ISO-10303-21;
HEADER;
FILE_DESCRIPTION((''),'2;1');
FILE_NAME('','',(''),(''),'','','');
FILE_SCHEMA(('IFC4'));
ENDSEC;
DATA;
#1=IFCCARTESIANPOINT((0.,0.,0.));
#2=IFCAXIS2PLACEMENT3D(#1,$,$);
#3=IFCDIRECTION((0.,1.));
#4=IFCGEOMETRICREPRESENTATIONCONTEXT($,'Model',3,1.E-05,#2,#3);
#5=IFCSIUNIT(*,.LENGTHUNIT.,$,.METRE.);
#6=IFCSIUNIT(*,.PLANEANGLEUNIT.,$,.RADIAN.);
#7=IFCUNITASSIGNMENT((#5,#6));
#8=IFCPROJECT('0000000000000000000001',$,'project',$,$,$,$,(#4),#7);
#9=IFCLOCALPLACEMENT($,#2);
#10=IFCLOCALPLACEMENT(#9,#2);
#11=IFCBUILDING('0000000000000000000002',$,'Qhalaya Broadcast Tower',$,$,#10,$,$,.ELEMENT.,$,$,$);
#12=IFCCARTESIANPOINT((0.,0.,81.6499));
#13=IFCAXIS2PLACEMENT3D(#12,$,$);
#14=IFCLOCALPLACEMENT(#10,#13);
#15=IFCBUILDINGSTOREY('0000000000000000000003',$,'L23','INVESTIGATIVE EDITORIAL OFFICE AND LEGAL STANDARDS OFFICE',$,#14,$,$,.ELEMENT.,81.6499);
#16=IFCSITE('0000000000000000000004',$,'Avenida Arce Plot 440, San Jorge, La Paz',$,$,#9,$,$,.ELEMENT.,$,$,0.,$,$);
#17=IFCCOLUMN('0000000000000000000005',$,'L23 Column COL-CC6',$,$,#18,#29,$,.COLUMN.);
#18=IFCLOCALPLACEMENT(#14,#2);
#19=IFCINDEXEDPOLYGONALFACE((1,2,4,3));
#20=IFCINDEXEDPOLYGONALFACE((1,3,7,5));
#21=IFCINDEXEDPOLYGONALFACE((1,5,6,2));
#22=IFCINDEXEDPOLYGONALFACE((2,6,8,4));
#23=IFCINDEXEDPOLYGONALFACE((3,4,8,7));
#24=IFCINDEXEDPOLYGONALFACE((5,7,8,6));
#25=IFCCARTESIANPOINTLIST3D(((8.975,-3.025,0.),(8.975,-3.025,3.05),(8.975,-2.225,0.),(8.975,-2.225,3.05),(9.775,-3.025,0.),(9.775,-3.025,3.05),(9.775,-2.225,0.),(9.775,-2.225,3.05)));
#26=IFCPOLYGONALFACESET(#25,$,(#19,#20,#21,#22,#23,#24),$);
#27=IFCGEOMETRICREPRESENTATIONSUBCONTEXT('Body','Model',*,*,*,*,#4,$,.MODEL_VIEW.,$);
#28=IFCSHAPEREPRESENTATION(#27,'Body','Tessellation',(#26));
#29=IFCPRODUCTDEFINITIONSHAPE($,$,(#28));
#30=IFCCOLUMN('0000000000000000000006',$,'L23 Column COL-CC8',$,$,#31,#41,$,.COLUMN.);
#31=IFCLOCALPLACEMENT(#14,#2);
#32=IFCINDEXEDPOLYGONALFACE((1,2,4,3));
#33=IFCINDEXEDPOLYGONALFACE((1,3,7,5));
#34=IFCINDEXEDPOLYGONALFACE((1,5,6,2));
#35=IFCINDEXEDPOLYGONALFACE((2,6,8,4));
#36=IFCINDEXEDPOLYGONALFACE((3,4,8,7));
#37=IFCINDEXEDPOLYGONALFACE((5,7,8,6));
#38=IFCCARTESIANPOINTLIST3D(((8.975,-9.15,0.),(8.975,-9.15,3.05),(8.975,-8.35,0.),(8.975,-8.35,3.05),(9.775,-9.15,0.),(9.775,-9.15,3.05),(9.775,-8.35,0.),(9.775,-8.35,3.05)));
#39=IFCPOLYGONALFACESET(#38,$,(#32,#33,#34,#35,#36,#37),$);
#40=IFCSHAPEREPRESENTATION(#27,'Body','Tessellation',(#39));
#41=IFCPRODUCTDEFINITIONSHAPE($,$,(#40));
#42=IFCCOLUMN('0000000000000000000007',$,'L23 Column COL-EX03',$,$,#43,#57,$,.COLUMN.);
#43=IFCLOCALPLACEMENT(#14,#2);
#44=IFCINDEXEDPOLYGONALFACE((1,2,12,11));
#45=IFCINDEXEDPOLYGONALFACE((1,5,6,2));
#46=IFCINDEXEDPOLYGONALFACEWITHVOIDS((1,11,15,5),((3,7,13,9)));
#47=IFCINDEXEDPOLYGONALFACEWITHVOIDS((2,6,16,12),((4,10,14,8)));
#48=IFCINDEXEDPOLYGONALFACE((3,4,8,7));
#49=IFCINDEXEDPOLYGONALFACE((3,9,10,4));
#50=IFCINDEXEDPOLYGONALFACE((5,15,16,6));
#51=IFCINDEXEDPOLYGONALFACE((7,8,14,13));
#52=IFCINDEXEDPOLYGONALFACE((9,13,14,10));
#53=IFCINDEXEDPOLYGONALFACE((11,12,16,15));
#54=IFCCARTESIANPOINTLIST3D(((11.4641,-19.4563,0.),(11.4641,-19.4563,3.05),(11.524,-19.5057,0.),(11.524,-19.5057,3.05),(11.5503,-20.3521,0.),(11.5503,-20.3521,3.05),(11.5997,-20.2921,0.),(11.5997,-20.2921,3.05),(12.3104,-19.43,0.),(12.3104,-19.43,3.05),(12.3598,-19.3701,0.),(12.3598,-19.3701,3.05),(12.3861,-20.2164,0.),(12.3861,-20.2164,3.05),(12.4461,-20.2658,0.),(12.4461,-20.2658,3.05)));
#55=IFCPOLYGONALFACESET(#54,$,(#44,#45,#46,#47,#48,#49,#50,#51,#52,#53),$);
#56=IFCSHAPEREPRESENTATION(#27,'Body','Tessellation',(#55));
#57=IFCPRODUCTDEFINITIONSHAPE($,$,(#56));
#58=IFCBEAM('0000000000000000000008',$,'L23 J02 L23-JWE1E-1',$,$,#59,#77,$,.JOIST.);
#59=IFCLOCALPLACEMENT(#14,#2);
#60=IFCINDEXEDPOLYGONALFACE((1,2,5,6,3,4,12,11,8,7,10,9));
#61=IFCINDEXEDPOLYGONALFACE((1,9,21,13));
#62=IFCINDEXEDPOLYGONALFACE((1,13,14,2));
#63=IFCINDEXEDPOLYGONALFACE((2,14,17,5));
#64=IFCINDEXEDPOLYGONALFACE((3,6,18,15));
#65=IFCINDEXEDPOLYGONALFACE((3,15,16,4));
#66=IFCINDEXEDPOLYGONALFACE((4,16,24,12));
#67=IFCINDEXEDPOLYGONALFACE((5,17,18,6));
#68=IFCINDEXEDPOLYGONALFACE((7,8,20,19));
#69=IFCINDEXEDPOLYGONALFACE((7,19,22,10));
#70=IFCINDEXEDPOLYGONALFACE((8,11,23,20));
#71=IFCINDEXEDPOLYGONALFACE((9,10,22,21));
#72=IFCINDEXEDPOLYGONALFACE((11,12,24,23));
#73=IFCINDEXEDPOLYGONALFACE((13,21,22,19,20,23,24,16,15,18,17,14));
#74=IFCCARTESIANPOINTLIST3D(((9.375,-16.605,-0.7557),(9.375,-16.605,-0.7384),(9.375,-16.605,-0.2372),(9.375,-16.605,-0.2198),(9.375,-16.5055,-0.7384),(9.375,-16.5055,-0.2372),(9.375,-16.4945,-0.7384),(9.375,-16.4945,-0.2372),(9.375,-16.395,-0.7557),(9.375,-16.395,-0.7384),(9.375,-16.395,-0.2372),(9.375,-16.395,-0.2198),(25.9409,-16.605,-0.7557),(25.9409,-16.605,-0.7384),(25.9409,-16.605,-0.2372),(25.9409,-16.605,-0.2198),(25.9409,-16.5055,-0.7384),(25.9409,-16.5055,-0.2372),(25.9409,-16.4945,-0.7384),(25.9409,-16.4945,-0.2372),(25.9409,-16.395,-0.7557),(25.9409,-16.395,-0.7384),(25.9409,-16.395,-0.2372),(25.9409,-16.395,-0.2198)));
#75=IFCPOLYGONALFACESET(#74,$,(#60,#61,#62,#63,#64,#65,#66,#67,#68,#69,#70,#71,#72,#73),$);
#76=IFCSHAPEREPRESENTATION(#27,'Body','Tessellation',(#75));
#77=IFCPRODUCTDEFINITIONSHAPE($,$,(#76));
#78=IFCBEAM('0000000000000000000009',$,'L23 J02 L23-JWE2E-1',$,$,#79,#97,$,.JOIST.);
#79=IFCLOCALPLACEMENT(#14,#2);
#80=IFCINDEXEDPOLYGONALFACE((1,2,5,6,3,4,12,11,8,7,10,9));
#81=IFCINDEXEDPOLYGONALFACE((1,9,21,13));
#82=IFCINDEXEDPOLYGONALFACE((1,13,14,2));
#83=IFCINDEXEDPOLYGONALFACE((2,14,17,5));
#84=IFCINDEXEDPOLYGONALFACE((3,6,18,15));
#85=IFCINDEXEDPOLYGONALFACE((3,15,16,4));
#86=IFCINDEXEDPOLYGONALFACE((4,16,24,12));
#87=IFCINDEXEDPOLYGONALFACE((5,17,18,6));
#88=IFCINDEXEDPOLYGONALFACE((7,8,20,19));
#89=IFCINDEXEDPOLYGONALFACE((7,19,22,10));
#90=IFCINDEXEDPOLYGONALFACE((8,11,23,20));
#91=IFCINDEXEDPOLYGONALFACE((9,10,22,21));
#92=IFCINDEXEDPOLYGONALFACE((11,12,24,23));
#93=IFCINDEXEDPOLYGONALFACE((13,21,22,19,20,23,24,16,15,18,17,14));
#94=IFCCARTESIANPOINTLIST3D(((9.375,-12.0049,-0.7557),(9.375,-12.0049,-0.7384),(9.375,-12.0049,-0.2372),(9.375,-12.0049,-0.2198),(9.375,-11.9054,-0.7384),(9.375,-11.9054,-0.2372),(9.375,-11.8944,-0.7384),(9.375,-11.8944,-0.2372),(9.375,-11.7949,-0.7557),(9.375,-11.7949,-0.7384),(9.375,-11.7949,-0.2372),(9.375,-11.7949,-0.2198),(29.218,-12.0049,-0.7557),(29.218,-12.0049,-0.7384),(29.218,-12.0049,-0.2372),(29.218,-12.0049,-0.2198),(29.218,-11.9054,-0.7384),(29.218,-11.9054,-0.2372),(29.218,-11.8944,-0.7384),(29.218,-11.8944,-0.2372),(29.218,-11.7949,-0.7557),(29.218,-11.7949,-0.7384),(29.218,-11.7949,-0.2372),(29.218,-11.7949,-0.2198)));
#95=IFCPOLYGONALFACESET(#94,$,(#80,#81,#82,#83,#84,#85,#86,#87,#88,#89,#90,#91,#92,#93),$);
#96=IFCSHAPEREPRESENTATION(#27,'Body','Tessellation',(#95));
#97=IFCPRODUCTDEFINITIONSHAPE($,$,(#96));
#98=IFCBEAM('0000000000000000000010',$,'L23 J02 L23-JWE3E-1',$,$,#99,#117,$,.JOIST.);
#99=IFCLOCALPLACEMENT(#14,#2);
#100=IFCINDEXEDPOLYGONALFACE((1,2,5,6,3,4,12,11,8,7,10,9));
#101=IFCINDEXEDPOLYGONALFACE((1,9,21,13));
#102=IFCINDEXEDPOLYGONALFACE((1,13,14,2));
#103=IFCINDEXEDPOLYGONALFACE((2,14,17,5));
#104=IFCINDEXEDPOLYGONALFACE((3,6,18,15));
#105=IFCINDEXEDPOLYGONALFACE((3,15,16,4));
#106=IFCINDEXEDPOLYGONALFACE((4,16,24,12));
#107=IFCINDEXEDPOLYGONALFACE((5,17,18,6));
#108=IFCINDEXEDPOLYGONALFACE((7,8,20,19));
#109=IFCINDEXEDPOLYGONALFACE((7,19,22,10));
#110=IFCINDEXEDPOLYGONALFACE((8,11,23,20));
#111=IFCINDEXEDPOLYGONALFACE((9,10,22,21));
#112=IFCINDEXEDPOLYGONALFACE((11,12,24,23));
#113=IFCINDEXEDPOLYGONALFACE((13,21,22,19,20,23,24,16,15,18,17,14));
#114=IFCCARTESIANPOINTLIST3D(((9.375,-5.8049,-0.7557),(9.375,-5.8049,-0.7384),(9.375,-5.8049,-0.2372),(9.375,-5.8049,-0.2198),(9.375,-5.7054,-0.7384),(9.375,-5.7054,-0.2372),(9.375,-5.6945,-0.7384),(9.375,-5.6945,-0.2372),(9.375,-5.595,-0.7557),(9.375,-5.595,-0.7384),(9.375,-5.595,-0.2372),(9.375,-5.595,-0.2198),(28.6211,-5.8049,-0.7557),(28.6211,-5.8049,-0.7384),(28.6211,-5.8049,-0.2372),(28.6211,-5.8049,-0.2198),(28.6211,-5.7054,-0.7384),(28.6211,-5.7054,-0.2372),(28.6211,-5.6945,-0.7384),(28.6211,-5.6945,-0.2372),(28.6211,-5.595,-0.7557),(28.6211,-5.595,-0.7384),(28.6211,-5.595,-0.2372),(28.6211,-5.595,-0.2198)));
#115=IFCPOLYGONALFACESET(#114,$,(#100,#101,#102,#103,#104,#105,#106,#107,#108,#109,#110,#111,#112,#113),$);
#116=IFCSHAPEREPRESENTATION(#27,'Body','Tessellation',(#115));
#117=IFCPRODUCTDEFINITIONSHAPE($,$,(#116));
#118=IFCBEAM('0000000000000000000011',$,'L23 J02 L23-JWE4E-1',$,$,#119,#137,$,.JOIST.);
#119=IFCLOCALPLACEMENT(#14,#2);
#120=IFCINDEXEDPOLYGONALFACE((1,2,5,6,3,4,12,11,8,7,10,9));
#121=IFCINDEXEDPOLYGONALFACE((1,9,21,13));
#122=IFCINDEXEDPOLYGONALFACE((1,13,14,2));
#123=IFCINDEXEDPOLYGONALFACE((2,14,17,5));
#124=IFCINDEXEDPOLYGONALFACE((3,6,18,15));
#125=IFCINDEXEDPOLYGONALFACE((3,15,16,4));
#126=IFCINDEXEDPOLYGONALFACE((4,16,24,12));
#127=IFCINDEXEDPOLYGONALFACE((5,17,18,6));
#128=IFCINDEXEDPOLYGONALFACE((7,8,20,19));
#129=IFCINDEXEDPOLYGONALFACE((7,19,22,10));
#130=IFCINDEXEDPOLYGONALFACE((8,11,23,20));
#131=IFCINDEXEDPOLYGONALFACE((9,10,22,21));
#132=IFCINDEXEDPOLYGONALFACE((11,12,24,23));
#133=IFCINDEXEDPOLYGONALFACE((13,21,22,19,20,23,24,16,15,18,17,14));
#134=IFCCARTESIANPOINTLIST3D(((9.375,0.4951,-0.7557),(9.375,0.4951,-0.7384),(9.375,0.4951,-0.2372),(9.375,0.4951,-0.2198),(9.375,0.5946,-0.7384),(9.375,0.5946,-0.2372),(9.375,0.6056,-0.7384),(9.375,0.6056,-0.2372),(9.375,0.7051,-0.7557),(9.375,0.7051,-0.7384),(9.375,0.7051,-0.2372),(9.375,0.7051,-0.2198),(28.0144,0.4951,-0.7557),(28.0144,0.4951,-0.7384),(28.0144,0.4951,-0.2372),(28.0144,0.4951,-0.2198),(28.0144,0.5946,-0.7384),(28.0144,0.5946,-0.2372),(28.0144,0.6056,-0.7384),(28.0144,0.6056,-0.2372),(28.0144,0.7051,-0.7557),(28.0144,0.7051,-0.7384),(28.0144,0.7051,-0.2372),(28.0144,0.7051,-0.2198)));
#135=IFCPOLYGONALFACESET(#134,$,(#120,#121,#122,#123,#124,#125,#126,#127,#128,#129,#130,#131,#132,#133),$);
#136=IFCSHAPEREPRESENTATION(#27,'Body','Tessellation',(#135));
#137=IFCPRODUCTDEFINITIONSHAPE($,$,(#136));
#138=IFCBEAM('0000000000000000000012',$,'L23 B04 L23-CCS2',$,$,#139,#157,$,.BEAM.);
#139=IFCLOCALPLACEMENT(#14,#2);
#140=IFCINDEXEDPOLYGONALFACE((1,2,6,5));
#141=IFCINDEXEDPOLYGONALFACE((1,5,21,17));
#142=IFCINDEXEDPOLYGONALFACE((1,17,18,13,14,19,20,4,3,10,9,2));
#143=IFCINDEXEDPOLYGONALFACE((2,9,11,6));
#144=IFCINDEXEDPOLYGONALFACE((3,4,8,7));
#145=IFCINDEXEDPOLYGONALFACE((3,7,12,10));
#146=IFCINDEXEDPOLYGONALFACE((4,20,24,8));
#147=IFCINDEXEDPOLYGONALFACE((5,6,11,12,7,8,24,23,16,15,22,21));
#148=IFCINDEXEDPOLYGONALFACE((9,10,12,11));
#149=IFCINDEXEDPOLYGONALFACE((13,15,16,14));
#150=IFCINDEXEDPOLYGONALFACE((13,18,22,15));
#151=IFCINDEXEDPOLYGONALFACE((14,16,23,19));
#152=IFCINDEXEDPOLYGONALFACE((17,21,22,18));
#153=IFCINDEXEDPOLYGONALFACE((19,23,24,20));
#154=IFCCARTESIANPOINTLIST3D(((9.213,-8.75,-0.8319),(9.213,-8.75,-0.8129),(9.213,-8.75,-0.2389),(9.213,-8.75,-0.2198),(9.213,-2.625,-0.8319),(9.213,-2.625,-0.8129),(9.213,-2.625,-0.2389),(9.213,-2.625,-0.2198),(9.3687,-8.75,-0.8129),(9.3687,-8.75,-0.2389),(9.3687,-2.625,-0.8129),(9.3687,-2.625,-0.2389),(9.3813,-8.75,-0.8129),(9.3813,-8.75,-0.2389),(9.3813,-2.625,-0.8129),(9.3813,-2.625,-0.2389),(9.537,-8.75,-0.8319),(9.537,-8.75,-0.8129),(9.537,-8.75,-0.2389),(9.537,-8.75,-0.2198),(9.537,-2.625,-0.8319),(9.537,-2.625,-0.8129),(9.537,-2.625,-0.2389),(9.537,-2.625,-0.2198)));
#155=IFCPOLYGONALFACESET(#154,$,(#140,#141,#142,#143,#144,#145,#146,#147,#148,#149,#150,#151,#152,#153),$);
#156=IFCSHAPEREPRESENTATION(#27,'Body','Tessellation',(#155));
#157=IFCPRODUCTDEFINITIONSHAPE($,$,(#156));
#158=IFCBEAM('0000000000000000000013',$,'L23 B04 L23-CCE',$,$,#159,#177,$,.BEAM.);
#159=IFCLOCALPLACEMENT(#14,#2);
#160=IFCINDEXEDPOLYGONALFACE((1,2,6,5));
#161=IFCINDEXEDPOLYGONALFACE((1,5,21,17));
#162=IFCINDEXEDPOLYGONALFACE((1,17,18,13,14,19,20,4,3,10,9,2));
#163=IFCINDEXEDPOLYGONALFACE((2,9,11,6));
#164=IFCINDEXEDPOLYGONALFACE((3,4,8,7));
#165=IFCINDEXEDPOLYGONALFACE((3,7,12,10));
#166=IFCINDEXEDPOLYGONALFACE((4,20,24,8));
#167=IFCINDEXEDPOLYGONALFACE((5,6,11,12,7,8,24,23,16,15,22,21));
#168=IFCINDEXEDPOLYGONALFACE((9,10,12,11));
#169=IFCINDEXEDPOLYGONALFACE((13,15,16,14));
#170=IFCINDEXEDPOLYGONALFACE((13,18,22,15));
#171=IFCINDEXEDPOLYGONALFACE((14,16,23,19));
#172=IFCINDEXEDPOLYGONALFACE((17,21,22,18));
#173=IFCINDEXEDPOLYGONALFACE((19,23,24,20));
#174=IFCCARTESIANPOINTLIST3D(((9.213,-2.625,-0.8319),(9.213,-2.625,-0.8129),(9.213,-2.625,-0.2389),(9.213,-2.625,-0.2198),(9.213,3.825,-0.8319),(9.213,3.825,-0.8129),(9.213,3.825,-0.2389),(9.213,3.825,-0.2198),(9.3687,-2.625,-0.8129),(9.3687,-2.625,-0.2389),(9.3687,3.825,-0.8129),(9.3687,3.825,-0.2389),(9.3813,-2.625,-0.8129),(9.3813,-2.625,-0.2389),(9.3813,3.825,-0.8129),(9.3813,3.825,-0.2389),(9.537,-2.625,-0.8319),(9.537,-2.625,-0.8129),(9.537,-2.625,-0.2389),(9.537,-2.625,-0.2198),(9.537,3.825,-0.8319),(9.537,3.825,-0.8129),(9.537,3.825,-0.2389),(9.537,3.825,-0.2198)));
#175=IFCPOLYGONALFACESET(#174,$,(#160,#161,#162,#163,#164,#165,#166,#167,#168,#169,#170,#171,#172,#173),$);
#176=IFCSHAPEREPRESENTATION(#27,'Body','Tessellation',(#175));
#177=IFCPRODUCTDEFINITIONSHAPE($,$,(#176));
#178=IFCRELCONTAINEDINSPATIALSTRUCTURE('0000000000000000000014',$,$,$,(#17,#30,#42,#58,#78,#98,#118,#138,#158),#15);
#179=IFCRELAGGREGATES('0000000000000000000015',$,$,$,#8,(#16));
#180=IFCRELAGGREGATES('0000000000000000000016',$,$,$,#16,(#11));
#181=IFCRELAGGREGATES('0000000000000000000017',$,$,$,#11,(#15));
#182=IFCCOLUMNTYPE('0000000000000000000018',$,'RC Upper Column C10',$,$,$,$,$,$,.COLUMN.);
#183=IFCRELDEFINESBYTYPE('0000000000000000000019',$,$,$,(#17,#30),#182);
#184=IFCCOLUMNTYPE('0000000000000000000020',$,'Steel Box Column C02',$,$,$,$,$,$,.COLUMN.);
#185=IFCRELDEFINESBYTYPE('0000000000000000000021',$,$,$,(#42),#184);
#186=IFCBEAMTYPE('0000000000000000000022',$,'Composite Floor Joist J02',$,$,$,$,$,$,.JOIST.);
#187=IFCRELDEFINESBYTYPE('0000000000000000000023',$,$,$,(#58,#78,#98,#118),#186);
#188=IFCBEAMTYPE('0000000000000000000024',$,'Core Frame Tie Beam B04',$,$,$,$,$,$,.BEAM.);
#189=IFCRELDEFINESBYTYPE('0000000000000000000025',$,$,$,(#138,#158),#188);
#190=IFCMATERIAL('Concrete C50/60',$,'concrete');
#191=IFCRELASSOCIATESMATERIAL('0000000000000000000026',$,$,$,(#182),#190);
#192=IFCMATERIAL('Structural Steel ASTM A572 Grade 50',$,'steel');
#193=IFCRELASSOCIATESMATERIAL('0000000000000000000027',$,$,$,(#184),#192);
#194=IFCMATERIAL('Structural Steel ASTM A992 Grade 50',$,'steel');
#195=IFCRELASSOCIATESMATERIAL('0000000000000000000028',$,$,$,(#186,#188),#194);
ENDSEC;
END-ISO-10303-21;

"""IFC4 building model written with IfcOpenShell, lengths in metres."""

from ifc_helpers import new_model, si_unit, direction, frame, origin, origin_2d, place, context, subcontext, project, spatial, rectangle, hollow_rectangle, i_section, extrude, material, material_profile, profile_set, type_object, element, save


model = new_model("IFC4")

# Units and contexts
model_context = context("Model", 3, precision=1e-05, world=origin(), true_north=direction((0.0, 1.0)))
body_context = subcontext(model_context, "Body", "Model", "MODEL_VIEW")
ifc_project = project(units=[si_unit("LENGTHUNIT", "METRE"), si_unit("PLANEANGLEUNIT", "RADIAN")], contexts=[model_context])

# Site, building, storey
site_placement = place(None, origin())
site = spatial("IfcSite", under=ifc_project, at=site_placement, Name="Avenida Arce Plot 440, San Jorge, La Paz", CompositionType="ELEMENT", RefElevation=0.0)
building_placement = place(site_placement, origin())
building = spatial("IfcBuilding", under=site, at=building_placement, Name="Qhalaya Broadcast Tower", CompositionType="ELEMENT")
storey_placement = place(building_placement, frame((0.0, 0.0, 81.6499)))
storey = spatial("IfcBuildingStorey", under=building, at=storey_placement, Name="L23", Description="INVESTIGATIVE EDITORIAL OFFICE AND LEGAL STANDARDS OFFICE", CompositionType="ELEMENT", Elevation=81.6499)

# Columns
ifc_material_1 = material(Name="Concrete C50/60", Category="concrete")
ifc_material_profile_1 = material_profile(ifc_material_1, rectangle(XDim=0.8, YDim=0.8, at=origin_2d()), Name="RC-COL 800x800")
ifc_profile_set_1 = profile_set([ifc_material_profile_1], Name="Concrete C50/60")
column_type_1 = type_object("IfcColumnType", Name="RC Upper Column C10", PredefinedType="COLUMN", material=ifc_profile_set_1)
for number, where, z_axis, x_axis, name in (
    (1, (9.375, -2.625, 0.0), (0.0, 0.0, 1.0), (1.0, 0.0, 0.0), "L23 Column COL-CC6"),
    (2, (9.375, -8.75, 0.0), (0.0, 0.0, 1.0), (1.0, 0.0, 0.0), "L23 Column COL-CC8"),
):
    element("IfcColumn", number, at=place(storey_placement, frame(where, z_axis=z_axis, x_axis=x_axis)), inside=storey, type_object=column_type_1, Name=name, PredefinedType="COLUMN", context=body_context, shape_type="SweptSolid", body=[
        extrude(rectangle(XDim=0.8, YDim=0.8, at=origin_2d()), origin(), (0.0, 0.0, 1.0), 3.05),
    ])
ifc_material_2 = material(Name="Structural Steel ASTM A572 Grade 50", Category="steel")
ifc_material_profile_2 = material_profile(ifc_material_2, hollow_rectangle(XDim=0.8999, YDim=0.8999, WallThickness=0.0549, at=origin_2d()), Name="BOX 900x900x55")
ifc_profile_set_2 = profile_set([ifc_material_profile_2], Name="Structural Steel ASTM A572 Grade 50")
column_type_2 = type_object("IfcColumnType", Name="Steel Box Column C02", PredefinedType="COLUMN", material=ifc_profile_set_2)
column_placement = place(storey_placement, frame((11.9551, -19.8611, 0.0), z_axis=(0.0, 0.0, 1.0), x_axis=(0.995396, 0.095846, 0.0)))
element("IfcColumn", 3, at=column_placement, inside=storey, type_object=column_type_2, Name="L23 Column COL-EX03", PredefinedType="COLUMN", context=body_context, shape_type="SweptSolid", body=[
    extrude(hollow_rectangle(XDim=0.8999, YDim=0.8999, WallThickness=0.0549, at=origin_2d()), origin(), (0.0, 0.0, 1.0), 3.05),
])

# Beams
ifc_material_3 = material(Name="Structural Steel ASTM A992 Grade 50", Category="steel")
ifc_material_profile_3 = material_profile(ifc_material_3, i_section(OverallWidth=0.21, OverallDepth=0.5359, WebThickness=0.011, FlangeThickness=0.0173, at=origin_2d()), Name="W21X68")
ifc_profile_set_3 = profile_set([ifc_material_profile_3], Name="Structural Steel ASTM A992 Grade 50")
beam_type_1 = type_object("IfcBeamType", Name="Composite Floor Joist J02", PredefinedType="JOIST", material=ifc_profile_set_3)
beam_1_placement = place(storey_placement, frame((9.375, -16.5, -0.4878), z_axis=(1.0, 0.0, 0.0), x_axis=(0.0, 1.0, 0.0)))
element("IfcBeam", 4, at=beam_1_placement, inside=storey, type_object=beam_type_1, Name="L23 J02 L23-JWE1E-1", PredefinedType="JOIST", context=body_context, shape_type="SweptSolid", body=[
    extrude(i_section(OverallWidth=0.21, OverallDepth=0.5359, WebThickness=0.011, FlangeThickness=0.0173, at=origin_2d()), origin(), (0.0, 0.0, 1.0), 16.5659),
])
beam_2_placement = place(storey_placement, frame((9.375, -11.8999, -0.4878), z_axis=(1.0, 0.0, 0.0), x_axis=(0.0, 1.0, 0.0)))
element("IfcBeam", 5, at=beam_2_placement, inside=storey, type_object=beam_type_1, Name="L23 J02 L23-JWE2E-1", PredefinedType="JOIST", context=body_context, shape_type="SweptSolid", body=[
    extrude(i_section(OverallWidth=0.21, OverallDepth=0.5359, WebThickness=0.011, FlangeThickness=0.0173, at=origin_2d()), origin(), (0.0, 0.0, 1.0), 19.843),
])
beam_3_placement = place(storey_placement, frame((9.375, -5.7, -0.4878), z_axis=(1.0, 0.0, 0.0), x_axis=(0.0, 1.0, 0.0)))
element("IfcBeam", 6, at=beam_3_placement, inside=storey, type_object=beam_type_1, Name="L23 J02 L23-JWE3E-1", PredefinedType="JOIST", context=body_context, shape_type="SweptSolid", body=[
    extrude(i_section(OverallWidth=0.21, OverallDepth=0.5359, WebThickness=0.011, FlangeThickness=0.0173, at=origin_2d()), origin(), (0.0, 0.0, 1.0), 19.2461),
])
beam_4_placement = place(storey_placement, frame((9.375, 0.6001, -0.4878), z_axis=(1.0, 0.0, 0.0), x_axis=(0.0, 1.0, 0.0)))
element("IfcBeam", 7, at=beam_4_placement, inside=storey, type_object=beam_type_1, Name="L23 J02 L23-JWE4E-1", PredefinedType="JOIST", context=body_context, shape_type="SweptSolid", body=[
    extrude(i_section(OverallWidth=0.21, OverallDepth=0.5359, WebThickness=0.011, FlangeThickness=0.0173, at=origin_2d()), origin(), (0.0, 0.0, 1.0), 18.6394),
])
ifc_material_profile_4 = material_profile(ifc_material_3, i_section(OverallWidth=0.324, OverallDepth=0.6121, WebThickness=0.0127, FlangeThickness=0.019, at=origin_2d()), Name="W24X104")
ifc_profile_set_4 = profile_set([ifc_material_profile_4], Name="Structural Steel ASTM A992 Grade 50")
beam_type_2 = type_object("IfcBeamType", Name="Core Frame Tie Beam B04", PredefinedType="BEAM", material=ifc_profile_set_4)
beam_5_placement = place(storey_placement, frame((9.375, -8.75, -0.5259), z_axis=(0.0, 1.0, 0.0), x_axis=(-1.0, 0.0, 0.0)))
element("IfcBeam", 8, at=beam_5_placement, inside=storey, type_object=beam_type_2, Name="L23 B04 L23-CCS2", PredefinedType="BEAM", context=body_context, shape_type="SweptSolid", body=[
    extrude(i_section(OverallWidth=0.324, OverallDepth=0.6121, WebThickness=0.0127, FlangeThickness=0.019, at=origin_2d()), origin(), (0.0, 0.0, 1.0), 6.125),
])
for number, where, z_axis, x_axis, name in (
    (9, (9.375, -2.625, -0.5259), (0.0, 1.0, 0.0), (-1.0, 0.0, 0.0), "L23 B04 L23-CCE"),
):
    element("IfcBeam", number, at=place(storey_placement, frame(where, z_axis=z_axis, x_axis=x_axis)), inside=storey, type_object=beam_type_2, Name=name, PredefinedType="BEAM", context=body_context, shape_type="SweptSolid", body=[
        extrude(i_section(OverallWidth=0.324, OverallDepth=0.6121, WebThickness=0.0127, FlangeThickness=0.019, at=origin_2d()), origin(), (0.0, 0.0, 1.0), 6.45),
    ])

save(model, "model.ifc")
